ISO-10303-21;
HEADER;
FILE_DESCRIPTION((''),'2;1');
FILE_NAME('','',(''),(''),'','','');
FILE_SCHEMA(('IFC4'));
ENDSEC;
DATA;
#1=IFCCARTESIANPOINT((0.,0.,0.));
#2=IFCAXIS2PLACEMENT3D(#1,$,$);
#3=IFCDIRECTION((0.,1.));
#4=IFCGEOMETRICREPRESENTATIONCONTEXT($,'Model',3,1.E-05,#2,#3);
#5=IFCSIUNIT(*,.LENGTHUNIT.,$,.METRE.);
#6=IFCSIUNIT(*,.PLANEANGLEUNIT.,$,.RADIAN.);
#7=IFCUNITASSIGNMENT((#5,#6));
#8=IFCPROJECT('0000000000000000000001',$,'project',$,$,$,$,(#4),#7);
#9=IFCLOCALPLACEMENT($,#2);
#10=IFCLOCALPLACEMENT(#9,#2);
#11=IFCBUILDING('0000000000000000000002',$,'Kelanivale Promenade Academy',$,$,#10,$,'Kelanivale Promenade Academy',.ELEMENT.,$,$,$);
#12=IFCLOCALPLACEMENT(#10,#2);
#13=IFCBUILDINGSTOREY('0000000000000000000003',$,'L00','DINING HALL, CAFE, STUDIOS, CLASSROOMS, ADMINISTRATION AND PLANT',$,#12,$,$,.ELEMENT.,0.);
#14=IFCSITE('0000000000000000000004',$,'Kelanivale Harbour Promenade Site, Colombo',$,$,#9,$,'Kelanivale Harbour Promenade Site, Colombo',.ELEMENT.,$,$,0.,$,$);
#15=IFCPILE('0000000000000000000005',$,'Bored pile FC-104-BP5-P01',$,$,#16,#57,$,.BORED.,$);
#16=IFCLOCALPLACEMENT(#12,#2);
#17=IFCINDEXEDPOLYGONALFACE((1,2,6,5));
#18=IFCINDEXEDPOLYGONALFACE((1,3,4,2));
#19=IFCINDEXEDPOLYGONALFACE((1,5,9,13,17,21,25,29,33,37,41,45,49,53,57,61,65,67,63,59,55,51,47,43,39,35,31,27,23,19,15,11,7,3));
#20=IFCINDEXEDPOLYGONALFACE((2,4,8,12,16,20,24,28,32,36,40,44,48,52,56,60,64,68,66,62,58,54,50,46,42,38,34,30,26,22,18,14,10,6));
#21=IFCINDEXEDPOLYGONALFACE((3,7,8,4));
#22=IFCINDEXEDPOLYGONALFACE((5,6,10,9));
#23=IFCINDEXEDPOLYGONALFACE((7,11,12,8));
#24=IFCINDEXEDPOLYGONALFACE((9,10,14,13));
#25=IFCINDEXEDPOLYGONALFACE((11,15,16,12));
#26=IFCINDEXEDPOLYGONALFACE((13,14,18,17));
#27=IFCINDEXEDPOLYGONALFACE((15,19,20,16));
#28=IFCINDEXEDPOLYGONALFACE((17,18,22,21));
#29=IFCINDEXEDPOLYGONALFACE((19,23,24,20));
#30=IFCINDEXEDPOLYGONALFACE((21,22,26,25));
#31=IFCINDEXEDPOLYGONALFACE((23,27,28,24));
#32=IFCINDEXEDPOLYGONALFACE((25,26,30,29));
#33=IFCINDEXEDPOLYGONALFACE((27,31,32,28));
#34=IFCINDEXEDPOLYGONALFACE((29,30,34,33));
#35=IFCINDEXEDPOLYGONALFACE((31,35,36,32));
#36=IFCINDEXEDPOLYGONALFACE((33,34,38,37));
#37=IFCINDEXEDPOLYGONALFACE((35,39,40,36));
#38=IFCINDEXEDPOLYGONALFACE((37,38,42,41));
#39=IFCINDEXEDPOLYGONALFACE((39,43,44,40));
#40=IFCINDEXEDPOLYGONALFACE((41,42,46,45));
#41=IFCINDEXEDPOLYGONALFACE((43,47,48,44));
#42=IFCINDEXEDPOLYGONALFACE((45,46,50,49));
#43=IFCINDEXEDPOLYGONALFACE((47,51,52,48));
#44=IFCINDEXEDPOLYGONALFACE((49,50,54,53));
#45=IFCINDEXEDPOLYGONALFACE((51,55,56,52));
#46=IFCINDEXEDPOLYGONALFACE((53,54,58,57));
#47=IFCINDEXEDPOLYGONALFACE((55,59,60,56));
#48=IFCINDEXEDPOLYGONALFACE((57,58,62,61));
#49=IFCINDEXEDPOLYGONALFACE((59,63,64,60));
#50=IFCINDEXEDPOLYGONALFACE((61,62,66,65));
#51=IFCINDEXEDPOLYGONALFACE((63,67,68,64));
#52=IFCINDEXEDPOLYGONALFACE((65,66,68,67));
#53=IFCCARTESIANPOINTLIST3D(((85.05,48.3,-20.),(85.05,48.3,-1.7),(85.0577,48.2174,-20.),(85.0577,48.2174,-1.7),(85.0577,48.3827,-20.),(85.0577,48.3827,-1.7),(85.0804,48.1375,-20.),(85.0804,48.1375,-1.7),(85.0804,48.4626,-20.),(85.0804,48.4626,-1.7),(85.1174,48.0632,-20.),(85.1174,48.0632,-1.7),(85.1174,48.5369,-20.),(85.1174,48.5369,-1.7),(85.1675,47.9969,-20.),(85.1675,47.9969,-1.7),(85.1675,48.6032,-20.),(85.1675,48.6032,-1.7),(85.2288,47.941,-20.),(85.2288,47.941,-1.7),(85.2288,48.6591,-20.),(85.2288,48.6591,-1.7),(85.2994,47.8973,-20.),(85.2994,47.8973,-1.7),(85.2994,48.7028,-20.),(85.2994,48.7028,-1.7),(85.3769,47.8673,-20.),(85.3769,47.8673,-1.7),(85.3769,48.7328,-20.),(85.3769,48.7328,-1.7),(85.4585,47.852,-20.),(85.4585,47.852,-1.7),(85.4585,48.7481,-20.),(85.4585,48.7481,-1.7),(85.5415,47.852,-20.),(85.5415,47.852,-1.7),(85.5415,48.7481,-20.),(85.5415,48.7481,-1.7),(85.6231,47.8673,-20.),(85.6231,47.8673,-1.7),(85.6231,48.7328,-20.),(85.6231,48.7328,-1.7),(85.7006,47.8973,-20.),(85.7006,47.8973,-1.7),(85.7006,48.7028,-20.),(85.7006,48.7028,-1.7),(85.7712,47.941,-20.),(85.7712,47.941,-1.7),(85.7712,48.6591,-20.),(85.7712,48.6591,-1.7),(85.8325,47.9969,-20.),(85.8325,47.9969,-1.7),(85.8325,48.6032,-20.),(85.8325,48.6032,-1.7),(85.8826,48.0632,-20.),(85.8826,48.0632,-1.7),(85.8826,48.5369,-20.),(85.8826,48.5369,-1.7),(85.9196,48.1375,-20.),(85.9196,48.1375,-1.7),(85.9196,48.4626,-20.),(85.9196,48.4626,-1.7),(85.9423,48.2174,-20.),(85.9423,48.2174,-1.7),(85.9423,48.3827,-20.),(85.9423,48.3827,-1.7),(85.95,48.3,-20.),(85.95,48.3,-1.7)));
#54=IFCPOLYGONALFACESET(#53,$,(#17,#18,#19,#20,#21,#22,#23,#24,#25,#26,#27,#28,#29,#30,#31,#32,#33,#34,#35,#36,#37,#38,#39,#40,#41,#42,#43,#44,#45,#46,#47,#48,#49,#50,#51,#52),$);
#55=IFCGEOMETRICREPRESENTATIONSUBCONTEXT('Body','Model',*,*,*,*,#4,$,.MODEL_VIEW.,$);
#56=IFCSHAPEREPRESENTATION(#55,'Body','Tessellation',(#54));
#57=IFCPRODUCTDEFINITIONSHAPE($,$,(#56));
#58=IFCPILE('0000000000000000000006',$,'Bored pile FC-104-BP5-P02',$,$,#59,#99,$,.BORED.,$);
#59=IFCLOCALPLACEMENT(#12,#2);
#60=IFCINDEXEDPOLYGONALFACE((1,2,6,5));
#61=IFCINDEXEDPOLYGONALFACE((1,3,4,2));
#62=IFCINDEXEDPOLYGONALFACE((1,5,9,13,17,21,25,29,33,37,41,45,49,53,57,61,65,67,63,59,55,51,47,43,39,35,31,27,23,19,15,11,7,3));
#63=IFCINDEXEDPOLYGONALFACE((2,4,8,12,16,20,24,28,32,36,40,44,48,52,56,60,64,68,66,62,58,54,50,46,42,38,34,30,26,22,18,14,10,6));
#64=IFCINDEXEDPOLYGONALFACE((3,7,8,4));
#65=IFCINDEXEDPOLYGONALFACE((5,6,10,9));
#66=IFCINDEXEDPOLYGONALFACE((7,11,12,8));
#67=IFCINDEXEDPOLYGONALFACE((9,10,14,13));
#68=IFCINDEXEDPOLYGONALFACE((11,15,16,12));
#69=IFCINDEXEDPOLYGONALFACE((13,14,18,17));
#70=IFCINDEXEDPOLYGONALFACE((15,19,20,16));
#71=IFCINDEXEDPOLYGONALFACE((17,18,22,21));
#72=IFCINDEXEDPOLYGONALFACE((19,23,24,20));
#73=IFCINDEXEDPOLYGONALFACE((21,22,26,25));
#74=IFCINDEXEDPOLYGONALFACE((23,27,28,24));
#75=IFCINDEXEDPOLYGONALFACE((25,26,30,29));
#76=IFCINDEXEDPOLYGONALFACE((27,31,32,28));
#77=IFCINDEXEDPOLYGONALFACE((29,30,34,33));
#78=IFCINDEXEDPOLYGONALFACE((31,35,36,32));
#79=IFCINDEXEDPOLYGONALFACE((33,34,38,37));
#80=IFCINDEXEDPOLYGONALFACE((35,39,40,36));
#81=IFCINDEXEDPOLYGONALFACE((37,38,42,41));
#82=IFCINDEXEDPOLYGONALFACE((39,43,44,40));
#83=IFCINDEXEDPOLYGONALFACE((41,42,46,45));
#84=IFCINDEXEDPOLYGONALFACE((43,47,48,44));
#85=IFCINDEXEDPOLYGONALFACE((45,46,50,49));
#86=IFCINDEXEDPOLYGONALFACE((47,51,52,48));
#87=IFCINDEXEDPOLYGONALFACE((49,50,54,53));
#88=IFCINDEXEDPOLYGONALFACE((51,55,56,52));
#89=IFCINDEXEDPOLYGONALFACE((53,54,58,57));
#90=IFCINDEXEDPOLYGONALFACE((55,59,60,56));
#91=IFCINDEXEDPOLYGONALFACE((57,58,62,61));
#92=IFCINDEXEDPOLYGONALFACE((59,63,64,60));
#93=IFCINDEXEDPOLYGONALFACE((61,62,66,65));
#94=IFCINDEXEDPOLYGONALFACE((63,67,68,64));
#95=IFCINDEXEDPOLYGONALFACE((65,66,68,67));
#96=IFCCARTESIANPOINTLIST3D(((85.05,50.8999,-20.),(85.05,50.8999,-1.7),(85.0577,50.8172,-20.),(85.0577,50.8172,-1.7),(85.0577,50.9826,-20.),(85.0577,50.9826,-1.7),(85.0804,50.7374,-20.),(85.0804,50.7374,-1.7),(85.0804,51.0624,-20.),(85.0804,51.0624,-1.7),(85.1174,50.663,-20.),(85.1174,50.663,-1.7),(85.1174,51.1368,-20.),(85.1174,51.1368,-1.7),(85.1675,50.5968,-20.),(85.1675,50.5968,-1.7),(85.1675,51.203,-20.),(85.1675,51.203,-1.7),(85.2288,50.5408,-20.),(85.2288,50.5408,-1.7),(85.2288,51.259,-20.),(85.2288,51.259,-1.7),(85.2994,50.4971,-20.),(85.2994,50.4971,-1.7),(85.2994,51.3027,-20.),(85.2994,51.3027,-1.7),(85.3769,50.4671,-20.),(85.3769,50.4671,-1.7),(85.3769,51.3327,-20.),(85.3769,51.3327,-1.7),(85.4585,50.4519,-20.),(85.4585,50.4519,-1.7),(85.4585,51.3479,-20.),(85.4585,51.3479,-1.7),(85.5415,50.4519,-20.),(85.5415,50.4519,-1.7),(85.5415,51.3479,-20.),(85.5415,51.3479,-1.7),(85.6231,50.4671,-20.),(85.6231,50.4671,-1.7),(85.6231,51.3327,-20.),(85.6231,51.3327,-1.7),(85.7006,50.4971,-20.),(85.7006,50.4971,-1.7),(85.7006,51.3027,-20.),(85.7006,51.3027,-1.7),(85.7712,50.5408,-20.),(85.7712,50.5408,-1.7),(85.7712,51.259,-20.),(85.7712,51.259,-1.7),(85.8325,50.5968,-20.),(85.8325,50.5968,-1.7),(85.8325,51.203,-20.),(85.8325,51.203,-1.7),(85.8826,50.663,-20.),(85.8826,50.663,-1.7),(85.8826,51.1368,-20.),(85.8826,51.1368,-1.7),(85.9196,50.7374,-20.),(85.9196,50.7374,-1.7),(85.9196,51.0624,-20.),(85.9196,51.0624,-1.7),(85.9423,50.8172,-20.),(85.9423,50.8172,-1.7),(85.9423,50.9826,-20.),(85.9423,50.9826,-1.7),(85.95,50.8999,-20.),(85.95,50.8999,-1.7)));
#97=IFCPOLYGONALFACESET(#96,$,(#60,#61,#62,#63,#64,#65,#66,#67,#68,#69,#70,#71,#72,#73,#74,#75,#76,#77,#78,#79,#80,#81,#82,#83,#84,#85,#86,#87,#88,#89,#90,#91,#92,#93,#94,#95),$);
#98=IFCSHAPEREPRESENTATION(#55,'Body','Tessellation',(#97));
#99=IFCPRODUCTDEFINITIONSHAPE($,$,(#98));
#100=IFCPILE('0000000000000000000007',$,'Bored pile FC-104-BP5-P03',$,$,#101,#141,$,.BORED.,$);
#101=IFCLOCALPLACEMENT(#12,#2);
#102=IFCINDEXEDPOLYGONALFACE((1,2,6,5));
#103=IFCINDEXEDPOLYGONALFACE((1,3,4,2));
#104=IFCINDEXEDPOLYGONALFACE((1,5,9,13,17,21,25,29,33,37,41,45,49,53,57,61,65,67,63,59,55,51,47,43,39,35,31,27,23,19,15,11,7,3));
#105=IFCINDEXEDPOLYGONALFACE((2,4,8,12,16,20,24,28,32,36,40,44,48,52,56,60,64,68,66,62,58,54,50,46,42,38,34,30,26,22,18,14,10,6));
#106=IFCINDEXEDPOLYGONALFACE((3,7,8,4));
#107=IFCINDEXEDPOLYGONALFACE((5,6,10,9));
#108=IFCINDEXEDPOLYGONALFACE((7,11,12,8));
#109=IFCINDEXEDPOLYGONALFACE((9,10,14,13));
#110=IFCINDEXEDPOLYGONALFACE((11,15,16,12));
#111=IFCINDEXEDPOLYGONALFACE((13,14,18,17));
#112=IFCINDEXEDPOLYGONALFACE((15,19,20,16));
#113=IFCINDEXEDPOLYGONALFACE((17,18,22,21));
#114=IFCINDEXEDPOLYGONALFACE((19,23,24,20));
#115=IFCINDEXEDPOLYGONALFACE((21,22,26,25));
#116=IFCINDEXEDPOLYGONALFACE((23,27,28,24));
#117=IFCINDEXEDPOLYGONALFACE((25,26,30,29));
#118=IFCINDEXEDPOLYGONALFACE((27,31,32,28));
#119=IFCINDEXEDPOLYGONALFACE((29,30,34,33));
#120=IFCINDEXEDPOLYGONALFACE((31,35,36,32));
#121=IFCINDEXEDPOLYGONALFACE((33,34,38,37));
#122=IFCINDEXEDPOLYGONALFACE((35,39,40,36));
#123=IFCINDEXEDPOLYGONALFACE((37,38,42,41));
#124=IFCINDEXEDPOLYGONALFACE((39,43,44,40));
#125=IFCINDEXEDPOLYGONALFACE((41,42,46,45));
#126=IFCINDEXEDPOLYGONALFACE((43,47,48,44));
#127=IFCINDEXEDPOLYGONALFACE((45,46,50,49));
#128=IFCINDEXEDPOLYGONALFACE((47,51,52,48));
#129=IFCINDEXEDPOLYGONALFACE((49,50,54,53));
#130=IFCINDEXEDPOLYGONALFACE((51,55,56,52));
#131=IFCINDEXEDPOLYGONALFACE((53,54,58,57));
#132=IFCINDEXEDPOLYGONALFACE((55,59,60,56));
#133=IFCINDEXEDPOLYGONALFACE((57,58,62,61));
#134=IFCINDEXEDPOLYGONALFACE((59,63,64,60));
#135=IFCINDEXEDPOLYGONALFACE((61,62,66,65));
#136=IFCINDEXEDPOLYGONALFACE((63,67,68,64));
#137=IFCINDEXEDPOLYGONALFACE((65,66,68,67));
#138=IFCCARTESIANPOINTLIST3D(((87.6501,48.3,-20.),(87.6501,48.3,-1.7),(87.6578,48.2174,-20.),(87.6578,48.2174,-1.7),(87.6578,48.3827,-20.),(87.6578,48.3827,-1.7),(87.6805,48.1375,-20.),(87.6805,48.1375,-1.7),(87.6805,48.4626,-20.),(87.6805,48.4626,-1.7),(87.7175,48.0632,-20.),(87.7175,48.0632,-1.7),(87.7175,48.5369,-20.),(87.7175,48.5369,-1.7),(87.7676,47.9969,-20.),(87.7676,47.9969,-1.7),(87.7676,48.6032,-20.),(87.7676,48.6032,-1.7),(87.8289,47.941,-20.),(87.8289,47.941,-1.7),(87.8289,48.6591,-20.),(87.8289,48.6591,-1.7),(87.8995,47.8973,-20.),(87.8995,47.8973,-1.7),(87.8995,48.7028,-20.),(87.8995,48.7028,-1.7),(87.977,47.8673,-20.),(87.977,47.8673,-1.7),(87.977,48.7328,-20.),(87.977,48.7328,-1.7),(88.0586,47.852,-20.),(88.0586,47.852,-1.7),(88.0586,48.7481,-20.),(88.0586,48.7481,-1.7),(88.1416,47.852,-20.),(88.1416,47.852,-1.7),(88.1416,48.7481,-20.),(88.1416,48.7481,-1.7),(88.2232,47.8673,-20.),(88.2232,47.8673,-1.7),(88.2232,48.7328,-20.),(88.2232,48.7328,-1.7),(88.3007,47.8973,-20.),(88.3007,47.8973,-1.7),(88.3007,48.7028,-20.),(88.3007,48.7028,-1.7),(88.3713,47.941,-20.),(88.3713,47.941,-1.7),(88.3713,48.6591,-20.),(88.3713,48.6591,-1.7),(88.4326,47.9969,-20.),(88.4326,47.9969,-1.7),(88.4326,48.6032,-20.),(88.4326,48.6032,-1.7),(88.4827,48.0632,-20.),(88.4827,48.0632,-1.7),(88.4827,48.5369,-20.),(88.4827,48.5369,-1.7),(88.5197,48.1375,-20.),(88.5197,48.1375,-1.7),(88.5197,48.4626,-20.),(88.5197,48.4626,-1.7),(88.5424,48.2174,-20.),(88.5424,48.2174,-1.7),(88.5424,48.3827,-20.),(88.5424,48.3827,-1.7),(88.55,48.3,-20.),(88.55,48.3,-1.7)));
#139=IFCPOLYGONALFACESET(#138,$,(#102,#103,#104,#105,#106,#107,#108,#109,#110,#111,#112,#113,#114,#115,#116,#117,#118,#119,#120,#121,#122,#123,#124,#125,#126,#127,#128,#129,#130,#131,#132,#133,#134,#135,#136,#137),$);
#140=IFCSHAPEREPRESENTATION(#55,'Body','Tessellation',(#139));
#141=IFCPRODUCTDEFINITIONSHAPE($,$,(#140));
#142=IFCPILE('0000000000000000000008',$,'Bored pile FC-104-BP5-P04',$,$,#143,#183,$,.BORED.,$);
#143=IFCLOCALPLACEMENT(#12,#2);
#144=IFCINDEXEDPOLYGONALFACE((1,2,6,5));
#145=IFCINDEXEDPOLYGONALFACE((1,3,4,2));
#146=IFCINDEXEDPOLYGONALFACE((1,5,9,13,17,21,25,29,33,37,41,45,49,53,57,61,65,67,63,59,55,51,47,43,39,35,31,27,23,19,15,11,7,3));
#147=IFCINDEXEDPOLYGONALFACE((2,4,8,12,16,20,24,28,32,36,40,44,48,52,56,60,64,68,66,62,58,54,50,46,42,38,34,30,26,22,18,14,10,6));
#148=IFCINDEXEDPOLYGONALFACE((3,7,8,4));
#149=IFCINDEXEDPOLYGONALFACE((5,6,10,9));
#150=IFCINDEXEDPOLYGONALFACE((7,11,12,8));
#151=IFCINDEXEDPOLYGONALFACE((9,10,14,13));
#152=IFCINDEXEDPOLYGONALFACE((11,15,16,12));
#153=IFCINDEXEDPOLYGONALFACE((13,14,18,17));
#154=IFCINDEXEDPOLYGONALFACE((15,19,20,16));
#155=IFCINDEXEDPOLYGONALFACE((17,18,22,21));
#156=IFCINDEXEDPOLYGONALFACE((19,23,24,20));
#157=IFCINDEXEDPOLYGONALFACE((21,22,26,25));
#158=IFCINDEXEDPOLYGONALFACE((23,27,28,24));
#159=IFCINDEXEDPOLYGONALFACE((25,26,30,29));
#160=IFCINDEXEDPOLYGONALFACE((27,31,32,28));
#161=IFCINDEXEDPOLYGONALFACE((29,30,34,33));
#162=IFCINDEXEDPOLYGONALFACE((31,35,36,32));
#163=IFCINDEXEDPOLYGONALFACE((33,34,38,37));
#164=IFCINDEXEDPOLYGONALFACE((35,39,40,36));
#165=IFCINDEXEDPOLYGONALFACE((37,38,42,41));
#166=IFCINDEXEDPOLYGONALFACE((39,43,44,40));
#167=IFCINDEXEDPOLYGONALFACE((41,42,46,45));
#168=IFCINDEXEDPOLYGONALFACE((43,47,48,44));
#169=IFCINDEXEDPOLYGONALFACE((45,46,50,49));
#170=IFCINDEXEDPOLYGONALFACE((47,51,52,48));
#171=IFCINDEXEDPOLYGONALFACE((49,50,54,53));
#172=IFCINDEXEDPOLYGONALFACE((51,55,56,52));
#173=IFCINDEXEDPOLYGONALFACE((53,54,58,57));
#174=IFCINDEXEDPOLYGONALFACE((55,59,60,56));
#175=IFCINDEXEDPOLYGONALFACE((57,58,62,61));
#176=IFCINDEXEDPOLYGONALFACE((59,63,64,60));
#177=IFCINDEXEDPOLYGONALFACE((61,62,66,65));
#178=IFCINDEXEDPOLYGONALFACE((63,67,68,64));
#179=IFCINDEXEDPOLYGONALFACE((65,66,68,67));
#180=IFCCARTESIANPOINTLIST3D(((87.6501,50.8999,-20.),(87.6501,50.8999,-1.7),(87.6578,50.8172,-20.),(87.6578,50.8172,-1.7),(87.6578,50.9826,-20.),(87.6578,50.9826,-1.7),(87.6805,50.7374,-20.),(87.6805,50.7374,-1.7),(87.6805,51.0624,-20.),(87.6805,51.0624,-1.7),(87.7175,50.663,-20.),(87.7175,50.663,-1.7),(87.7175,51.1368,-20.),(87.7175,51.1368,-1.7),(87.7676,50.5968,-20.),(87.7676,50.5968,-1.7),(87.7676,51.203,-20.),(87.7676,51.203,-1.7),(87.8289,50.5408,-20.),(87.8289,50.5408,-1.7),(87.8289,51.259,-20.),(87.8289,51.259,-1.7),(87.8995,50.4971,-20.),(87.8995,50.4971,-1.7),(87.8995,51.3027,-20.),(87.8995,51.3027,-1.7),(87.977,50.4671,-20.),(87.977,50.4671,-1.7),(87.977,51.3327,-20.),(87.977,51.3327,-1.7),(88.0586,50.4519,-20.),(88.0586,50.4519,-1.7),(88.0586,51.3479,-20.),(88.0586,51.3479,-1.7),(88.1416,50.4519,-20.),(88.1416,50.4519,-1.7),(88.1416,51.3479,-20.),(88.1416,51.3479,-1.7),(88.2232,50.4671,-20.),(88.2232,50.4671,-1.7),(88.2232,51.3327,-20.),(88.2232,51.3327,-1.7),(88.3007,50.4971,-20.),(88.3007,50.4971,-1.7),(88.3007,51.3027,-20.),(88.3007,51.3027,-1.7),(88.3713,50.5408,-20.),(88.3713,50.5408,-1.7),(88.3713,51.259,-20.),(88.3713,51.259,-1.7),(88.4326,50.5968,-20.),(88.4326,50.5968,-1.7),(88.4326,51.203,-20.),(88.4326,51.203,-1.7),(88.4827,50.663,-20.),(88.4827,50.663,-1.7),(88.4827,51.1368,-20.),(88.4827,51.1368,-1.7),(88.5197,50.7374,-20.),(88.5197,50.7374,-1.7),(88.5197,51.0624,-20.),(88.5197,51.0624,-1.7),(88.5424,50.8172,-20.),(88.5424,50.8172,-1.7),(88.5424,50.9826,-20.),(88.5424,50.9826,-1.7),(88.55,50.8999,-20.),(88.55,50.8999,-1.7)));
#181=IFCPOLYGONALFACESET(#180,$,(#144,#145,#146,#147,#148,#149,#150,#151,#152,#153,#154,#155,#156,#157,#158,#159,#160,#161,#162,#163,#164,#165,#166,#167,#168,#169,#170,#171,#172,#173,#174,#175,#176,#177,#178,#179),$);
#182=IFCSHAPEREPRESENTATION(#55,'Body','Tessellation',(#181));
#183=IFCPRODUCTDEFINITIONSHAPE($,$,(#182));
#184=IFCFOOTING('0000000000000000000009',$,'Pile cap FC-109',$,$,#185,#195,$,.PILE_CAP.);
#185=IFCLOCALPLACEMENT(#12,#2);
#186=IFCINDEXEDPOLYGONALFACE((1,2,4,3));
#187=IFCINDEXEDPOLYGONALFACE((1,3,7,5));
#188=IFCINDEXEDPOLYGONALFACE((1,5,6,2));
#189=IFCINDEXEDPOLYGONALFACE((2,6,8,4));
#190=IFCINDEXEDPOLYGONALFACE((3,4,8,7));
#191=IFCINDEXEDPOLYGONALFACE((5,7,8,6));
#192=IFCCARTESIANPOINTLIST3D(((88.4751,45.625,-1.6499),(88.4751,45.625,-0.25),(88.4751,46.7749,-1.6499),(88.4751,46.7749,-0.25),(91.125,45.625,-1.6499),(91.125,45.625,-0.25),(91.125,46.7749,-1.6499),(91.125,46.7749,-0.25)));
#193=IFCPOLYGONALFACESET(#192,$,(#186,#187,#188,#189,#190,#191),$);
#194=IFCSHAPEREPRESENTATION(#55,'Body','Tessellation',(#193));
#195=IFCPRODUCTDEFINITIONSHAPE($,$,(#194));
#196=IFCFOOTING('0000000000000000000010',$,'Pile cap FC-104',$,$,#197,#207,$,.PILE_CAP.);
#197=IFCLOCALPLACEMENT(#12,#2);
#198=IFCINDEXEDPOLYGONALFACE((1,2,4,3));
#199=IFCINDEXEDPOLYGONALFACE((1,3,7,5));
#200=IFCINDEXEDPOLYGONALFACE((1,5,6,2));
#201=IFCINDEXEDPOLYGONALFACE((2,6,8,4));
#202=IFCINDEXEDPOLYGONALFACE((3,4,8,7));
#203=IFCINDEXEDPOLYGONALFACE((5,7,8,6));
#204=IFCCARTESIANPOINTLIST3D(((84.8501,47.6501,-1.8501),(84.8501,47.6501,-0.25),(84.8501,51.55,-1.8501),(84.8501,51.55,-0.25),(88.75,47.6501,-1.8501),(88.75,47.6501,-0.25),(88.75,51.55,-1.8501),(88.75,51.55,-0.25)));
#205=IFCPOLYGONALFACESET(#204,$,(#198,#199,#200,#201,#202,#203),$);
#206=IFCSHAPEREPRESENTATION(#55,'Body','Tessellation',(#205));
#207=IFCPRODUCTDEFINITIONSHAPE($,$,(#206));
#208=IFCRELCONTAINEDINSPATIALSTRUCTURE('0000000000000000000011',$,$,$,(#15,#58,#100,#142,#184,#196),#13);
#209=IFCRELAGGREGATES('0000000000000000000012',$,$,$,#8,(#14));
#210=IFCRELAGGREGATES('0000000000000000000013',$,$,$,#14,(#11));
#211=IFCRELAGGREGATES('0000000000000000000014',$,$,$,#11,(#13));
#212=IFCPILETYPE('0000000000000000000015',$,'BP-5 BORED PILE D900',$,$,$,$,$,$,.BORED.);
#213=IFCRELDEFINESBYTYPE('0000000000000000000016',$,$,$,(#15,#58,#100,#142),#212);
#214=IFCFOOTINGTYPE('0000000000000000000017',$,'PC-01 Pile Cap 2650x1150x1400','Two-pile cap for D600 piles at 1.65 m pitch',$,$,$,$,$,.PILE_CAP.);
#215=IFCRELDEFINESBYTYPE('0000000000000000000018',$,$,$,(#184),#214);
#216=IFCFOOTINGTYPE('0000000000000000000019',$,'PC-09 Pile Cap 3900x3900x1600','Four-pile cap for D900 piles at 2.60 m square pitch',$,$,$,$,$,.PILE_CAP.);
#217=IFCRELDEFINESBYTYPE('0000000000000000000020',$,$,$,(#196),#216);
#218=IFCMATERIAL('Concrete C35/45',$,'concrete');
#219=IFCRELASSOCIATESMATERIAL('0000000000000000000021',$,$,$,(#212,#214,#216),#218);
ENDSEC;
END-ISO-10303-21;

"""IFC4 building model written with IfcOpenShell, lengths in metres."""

from ifc_helpers import new_model, si_unit, direction, frame, origin, origin_2d, place, context, subcontext, project, spatial, rectangle, circle, extrude, material, material_profile, profile_set, type_object, element, save


model = new_model("IFC4")

# Units and contexts
model_context = context("Model", 3, precision=1e-05, world=origin(), true_north=direction((0.0, 1.0)))
body_context = subcontext(model_context, "Body", "Model", "MODEL_VIEW")
ifc_project = project(units=[si_unit("LENGTHUNIT", "METRE"), si_unit("PLANEANGLEUNIT", "RADIAN")], contexts=[model_context])

# Site, building, storey
site_placement = place(None, origin())
site = spatial("IfcSite", under=ifc_project, at=site_placement, Name="Kelanivale Harbour Promenade Site, Colombo", LongName="Kelanivale Harbour Promenade Site, Colombo", CompositionType="ELEMENT", RefElevation=0.0)
building_placement = place(site_placement, origin())
building = spatial("IfcBuilding", under=site, at=building_placement, Name="Kelanivale Promenade Academy", LongName="Kelanivale Promenade Academy", CompositionType="ELEMENT")
storey_placement = place(building_placement, origin())
storey = spatial("IfcBuildingStorey", under=building, at=storey_placement, Name="L00", Description="DINING HALL, CAFE, STUDIOS, CLASSROOMS, ADMINISTRATION AND PLANT", CompositionType="ELEMENT", Elevation=0.0)

# Piles
ifc_material_1 = material(Name="Concrete C35/45", Category="concrete")
ifc_material_profile_1 = material_profile(ifc_material_1, circle(Radius=0.45, at=origin_2d()), Name="BORED PILE D900")
ifc_profile_set_1 = profile_set([ifc_material_profile_1], Name="Concrete C35/45")
pile_type_1 = type_object("IfcPileType", Name="BP-5 BORED PILE D900", PredefinedType="BORED", material=ifc_profile_set_1)
for number, where, z_axis, x_axis, name in (
    (1, (85.5, 48.3, -1.7), (0.0, 0.0, -1.0), (1.0, 0.0, 0.0), "Bored pile FC-104-BP5-P01"),
    (2, (85.5, 50.8999, -1.7), (0.0, 0.0, -1.0), (1.0, 0.0, 0.0), "Bored pile FC-104-BP5-P02"),
    (3, (88.1001, 48.3, -1.7), (0.0, 0.0, -1.0), (1.0, 0.0, 0.0), "Bored pile FC-104-BP5-P03"),
    (4, (88.1001, 50.8999, -1.7), (0.0, 0.0, -1.0), (1.0, 0.0, 0.0), "Bored pile FC-104-BP5-P04"),
):
    element("IfcPile", number, at=place(storey_placement, frame(where, z_axis=z_axis, x_axis=x_axis)), inside=storey, type_object=pile_type_1, Name=name, PredefinedType="BORED", context=body_context, shape_type="SweptSolid", body=[
        extrude(circle(Radius=0.45, at=origin_2d()), origin(), (0.0, 0.0, 1.0), 18.3),
    ])

# Footings
footing_type_1 = type_object("IfcFootingType", Name="PC-01 Pile Cap 2650x1150x1400", Description="Two-pile cap for D600 piles at 1.65 m pitch", PredefinedType="PILE_CAP", material=ifc_material_1)
footing_1_placement = place(storey_placement, frame((89.8, 46.2, -1.6499), z_axis=(0.0, 0.0, 1.0), x_axis=(1.0, 0.0, 0.0)))
element("IfcFooting", 5, at=footing_1_placement, inside=storey, type_object=footing_type_1, Name="Pile cap FC-109", PredefinedType="PILE_CAP", context=body_context, shape_type="SweptSolid", body=[
    extrude(rectangle(XDim=2.6499, YDim=1.1499, at=origin_2d()), origin(), (0.0, 0.0, 1.0), 1.3999),
])
footing_type_2 = type_object("IfcFootingType", Name="PC-09 Pile Cap 3900x3900x1600", Description="Four-pile cap for D900 piles at 2.60 m square pitch", PredefinedType="PILE_CAP", material=ifc_material_1)
footing_2_placement = place(storey_placement, frame((86.8, 49.6001, -1.8501), z_axis=(0.0, 0.0, 1.0), x_axis=(1.0, 0.0, 0.0)))
element("IfcFooting", 6, at=footing_2_placement, inside=storey, type_object=footing_type_2, Name="Pile cap FC-104", PredefinedType="PILE_CAP", context=body_context, shape_type="SweptSolid", body=[
    extrude(rectangle(XDim=3.8999, YDim=3.8999, at=origin_2d()), origin(), (0.0, 0.0, 1.0), 1.6001),
])

save(model, "model.ifc")
